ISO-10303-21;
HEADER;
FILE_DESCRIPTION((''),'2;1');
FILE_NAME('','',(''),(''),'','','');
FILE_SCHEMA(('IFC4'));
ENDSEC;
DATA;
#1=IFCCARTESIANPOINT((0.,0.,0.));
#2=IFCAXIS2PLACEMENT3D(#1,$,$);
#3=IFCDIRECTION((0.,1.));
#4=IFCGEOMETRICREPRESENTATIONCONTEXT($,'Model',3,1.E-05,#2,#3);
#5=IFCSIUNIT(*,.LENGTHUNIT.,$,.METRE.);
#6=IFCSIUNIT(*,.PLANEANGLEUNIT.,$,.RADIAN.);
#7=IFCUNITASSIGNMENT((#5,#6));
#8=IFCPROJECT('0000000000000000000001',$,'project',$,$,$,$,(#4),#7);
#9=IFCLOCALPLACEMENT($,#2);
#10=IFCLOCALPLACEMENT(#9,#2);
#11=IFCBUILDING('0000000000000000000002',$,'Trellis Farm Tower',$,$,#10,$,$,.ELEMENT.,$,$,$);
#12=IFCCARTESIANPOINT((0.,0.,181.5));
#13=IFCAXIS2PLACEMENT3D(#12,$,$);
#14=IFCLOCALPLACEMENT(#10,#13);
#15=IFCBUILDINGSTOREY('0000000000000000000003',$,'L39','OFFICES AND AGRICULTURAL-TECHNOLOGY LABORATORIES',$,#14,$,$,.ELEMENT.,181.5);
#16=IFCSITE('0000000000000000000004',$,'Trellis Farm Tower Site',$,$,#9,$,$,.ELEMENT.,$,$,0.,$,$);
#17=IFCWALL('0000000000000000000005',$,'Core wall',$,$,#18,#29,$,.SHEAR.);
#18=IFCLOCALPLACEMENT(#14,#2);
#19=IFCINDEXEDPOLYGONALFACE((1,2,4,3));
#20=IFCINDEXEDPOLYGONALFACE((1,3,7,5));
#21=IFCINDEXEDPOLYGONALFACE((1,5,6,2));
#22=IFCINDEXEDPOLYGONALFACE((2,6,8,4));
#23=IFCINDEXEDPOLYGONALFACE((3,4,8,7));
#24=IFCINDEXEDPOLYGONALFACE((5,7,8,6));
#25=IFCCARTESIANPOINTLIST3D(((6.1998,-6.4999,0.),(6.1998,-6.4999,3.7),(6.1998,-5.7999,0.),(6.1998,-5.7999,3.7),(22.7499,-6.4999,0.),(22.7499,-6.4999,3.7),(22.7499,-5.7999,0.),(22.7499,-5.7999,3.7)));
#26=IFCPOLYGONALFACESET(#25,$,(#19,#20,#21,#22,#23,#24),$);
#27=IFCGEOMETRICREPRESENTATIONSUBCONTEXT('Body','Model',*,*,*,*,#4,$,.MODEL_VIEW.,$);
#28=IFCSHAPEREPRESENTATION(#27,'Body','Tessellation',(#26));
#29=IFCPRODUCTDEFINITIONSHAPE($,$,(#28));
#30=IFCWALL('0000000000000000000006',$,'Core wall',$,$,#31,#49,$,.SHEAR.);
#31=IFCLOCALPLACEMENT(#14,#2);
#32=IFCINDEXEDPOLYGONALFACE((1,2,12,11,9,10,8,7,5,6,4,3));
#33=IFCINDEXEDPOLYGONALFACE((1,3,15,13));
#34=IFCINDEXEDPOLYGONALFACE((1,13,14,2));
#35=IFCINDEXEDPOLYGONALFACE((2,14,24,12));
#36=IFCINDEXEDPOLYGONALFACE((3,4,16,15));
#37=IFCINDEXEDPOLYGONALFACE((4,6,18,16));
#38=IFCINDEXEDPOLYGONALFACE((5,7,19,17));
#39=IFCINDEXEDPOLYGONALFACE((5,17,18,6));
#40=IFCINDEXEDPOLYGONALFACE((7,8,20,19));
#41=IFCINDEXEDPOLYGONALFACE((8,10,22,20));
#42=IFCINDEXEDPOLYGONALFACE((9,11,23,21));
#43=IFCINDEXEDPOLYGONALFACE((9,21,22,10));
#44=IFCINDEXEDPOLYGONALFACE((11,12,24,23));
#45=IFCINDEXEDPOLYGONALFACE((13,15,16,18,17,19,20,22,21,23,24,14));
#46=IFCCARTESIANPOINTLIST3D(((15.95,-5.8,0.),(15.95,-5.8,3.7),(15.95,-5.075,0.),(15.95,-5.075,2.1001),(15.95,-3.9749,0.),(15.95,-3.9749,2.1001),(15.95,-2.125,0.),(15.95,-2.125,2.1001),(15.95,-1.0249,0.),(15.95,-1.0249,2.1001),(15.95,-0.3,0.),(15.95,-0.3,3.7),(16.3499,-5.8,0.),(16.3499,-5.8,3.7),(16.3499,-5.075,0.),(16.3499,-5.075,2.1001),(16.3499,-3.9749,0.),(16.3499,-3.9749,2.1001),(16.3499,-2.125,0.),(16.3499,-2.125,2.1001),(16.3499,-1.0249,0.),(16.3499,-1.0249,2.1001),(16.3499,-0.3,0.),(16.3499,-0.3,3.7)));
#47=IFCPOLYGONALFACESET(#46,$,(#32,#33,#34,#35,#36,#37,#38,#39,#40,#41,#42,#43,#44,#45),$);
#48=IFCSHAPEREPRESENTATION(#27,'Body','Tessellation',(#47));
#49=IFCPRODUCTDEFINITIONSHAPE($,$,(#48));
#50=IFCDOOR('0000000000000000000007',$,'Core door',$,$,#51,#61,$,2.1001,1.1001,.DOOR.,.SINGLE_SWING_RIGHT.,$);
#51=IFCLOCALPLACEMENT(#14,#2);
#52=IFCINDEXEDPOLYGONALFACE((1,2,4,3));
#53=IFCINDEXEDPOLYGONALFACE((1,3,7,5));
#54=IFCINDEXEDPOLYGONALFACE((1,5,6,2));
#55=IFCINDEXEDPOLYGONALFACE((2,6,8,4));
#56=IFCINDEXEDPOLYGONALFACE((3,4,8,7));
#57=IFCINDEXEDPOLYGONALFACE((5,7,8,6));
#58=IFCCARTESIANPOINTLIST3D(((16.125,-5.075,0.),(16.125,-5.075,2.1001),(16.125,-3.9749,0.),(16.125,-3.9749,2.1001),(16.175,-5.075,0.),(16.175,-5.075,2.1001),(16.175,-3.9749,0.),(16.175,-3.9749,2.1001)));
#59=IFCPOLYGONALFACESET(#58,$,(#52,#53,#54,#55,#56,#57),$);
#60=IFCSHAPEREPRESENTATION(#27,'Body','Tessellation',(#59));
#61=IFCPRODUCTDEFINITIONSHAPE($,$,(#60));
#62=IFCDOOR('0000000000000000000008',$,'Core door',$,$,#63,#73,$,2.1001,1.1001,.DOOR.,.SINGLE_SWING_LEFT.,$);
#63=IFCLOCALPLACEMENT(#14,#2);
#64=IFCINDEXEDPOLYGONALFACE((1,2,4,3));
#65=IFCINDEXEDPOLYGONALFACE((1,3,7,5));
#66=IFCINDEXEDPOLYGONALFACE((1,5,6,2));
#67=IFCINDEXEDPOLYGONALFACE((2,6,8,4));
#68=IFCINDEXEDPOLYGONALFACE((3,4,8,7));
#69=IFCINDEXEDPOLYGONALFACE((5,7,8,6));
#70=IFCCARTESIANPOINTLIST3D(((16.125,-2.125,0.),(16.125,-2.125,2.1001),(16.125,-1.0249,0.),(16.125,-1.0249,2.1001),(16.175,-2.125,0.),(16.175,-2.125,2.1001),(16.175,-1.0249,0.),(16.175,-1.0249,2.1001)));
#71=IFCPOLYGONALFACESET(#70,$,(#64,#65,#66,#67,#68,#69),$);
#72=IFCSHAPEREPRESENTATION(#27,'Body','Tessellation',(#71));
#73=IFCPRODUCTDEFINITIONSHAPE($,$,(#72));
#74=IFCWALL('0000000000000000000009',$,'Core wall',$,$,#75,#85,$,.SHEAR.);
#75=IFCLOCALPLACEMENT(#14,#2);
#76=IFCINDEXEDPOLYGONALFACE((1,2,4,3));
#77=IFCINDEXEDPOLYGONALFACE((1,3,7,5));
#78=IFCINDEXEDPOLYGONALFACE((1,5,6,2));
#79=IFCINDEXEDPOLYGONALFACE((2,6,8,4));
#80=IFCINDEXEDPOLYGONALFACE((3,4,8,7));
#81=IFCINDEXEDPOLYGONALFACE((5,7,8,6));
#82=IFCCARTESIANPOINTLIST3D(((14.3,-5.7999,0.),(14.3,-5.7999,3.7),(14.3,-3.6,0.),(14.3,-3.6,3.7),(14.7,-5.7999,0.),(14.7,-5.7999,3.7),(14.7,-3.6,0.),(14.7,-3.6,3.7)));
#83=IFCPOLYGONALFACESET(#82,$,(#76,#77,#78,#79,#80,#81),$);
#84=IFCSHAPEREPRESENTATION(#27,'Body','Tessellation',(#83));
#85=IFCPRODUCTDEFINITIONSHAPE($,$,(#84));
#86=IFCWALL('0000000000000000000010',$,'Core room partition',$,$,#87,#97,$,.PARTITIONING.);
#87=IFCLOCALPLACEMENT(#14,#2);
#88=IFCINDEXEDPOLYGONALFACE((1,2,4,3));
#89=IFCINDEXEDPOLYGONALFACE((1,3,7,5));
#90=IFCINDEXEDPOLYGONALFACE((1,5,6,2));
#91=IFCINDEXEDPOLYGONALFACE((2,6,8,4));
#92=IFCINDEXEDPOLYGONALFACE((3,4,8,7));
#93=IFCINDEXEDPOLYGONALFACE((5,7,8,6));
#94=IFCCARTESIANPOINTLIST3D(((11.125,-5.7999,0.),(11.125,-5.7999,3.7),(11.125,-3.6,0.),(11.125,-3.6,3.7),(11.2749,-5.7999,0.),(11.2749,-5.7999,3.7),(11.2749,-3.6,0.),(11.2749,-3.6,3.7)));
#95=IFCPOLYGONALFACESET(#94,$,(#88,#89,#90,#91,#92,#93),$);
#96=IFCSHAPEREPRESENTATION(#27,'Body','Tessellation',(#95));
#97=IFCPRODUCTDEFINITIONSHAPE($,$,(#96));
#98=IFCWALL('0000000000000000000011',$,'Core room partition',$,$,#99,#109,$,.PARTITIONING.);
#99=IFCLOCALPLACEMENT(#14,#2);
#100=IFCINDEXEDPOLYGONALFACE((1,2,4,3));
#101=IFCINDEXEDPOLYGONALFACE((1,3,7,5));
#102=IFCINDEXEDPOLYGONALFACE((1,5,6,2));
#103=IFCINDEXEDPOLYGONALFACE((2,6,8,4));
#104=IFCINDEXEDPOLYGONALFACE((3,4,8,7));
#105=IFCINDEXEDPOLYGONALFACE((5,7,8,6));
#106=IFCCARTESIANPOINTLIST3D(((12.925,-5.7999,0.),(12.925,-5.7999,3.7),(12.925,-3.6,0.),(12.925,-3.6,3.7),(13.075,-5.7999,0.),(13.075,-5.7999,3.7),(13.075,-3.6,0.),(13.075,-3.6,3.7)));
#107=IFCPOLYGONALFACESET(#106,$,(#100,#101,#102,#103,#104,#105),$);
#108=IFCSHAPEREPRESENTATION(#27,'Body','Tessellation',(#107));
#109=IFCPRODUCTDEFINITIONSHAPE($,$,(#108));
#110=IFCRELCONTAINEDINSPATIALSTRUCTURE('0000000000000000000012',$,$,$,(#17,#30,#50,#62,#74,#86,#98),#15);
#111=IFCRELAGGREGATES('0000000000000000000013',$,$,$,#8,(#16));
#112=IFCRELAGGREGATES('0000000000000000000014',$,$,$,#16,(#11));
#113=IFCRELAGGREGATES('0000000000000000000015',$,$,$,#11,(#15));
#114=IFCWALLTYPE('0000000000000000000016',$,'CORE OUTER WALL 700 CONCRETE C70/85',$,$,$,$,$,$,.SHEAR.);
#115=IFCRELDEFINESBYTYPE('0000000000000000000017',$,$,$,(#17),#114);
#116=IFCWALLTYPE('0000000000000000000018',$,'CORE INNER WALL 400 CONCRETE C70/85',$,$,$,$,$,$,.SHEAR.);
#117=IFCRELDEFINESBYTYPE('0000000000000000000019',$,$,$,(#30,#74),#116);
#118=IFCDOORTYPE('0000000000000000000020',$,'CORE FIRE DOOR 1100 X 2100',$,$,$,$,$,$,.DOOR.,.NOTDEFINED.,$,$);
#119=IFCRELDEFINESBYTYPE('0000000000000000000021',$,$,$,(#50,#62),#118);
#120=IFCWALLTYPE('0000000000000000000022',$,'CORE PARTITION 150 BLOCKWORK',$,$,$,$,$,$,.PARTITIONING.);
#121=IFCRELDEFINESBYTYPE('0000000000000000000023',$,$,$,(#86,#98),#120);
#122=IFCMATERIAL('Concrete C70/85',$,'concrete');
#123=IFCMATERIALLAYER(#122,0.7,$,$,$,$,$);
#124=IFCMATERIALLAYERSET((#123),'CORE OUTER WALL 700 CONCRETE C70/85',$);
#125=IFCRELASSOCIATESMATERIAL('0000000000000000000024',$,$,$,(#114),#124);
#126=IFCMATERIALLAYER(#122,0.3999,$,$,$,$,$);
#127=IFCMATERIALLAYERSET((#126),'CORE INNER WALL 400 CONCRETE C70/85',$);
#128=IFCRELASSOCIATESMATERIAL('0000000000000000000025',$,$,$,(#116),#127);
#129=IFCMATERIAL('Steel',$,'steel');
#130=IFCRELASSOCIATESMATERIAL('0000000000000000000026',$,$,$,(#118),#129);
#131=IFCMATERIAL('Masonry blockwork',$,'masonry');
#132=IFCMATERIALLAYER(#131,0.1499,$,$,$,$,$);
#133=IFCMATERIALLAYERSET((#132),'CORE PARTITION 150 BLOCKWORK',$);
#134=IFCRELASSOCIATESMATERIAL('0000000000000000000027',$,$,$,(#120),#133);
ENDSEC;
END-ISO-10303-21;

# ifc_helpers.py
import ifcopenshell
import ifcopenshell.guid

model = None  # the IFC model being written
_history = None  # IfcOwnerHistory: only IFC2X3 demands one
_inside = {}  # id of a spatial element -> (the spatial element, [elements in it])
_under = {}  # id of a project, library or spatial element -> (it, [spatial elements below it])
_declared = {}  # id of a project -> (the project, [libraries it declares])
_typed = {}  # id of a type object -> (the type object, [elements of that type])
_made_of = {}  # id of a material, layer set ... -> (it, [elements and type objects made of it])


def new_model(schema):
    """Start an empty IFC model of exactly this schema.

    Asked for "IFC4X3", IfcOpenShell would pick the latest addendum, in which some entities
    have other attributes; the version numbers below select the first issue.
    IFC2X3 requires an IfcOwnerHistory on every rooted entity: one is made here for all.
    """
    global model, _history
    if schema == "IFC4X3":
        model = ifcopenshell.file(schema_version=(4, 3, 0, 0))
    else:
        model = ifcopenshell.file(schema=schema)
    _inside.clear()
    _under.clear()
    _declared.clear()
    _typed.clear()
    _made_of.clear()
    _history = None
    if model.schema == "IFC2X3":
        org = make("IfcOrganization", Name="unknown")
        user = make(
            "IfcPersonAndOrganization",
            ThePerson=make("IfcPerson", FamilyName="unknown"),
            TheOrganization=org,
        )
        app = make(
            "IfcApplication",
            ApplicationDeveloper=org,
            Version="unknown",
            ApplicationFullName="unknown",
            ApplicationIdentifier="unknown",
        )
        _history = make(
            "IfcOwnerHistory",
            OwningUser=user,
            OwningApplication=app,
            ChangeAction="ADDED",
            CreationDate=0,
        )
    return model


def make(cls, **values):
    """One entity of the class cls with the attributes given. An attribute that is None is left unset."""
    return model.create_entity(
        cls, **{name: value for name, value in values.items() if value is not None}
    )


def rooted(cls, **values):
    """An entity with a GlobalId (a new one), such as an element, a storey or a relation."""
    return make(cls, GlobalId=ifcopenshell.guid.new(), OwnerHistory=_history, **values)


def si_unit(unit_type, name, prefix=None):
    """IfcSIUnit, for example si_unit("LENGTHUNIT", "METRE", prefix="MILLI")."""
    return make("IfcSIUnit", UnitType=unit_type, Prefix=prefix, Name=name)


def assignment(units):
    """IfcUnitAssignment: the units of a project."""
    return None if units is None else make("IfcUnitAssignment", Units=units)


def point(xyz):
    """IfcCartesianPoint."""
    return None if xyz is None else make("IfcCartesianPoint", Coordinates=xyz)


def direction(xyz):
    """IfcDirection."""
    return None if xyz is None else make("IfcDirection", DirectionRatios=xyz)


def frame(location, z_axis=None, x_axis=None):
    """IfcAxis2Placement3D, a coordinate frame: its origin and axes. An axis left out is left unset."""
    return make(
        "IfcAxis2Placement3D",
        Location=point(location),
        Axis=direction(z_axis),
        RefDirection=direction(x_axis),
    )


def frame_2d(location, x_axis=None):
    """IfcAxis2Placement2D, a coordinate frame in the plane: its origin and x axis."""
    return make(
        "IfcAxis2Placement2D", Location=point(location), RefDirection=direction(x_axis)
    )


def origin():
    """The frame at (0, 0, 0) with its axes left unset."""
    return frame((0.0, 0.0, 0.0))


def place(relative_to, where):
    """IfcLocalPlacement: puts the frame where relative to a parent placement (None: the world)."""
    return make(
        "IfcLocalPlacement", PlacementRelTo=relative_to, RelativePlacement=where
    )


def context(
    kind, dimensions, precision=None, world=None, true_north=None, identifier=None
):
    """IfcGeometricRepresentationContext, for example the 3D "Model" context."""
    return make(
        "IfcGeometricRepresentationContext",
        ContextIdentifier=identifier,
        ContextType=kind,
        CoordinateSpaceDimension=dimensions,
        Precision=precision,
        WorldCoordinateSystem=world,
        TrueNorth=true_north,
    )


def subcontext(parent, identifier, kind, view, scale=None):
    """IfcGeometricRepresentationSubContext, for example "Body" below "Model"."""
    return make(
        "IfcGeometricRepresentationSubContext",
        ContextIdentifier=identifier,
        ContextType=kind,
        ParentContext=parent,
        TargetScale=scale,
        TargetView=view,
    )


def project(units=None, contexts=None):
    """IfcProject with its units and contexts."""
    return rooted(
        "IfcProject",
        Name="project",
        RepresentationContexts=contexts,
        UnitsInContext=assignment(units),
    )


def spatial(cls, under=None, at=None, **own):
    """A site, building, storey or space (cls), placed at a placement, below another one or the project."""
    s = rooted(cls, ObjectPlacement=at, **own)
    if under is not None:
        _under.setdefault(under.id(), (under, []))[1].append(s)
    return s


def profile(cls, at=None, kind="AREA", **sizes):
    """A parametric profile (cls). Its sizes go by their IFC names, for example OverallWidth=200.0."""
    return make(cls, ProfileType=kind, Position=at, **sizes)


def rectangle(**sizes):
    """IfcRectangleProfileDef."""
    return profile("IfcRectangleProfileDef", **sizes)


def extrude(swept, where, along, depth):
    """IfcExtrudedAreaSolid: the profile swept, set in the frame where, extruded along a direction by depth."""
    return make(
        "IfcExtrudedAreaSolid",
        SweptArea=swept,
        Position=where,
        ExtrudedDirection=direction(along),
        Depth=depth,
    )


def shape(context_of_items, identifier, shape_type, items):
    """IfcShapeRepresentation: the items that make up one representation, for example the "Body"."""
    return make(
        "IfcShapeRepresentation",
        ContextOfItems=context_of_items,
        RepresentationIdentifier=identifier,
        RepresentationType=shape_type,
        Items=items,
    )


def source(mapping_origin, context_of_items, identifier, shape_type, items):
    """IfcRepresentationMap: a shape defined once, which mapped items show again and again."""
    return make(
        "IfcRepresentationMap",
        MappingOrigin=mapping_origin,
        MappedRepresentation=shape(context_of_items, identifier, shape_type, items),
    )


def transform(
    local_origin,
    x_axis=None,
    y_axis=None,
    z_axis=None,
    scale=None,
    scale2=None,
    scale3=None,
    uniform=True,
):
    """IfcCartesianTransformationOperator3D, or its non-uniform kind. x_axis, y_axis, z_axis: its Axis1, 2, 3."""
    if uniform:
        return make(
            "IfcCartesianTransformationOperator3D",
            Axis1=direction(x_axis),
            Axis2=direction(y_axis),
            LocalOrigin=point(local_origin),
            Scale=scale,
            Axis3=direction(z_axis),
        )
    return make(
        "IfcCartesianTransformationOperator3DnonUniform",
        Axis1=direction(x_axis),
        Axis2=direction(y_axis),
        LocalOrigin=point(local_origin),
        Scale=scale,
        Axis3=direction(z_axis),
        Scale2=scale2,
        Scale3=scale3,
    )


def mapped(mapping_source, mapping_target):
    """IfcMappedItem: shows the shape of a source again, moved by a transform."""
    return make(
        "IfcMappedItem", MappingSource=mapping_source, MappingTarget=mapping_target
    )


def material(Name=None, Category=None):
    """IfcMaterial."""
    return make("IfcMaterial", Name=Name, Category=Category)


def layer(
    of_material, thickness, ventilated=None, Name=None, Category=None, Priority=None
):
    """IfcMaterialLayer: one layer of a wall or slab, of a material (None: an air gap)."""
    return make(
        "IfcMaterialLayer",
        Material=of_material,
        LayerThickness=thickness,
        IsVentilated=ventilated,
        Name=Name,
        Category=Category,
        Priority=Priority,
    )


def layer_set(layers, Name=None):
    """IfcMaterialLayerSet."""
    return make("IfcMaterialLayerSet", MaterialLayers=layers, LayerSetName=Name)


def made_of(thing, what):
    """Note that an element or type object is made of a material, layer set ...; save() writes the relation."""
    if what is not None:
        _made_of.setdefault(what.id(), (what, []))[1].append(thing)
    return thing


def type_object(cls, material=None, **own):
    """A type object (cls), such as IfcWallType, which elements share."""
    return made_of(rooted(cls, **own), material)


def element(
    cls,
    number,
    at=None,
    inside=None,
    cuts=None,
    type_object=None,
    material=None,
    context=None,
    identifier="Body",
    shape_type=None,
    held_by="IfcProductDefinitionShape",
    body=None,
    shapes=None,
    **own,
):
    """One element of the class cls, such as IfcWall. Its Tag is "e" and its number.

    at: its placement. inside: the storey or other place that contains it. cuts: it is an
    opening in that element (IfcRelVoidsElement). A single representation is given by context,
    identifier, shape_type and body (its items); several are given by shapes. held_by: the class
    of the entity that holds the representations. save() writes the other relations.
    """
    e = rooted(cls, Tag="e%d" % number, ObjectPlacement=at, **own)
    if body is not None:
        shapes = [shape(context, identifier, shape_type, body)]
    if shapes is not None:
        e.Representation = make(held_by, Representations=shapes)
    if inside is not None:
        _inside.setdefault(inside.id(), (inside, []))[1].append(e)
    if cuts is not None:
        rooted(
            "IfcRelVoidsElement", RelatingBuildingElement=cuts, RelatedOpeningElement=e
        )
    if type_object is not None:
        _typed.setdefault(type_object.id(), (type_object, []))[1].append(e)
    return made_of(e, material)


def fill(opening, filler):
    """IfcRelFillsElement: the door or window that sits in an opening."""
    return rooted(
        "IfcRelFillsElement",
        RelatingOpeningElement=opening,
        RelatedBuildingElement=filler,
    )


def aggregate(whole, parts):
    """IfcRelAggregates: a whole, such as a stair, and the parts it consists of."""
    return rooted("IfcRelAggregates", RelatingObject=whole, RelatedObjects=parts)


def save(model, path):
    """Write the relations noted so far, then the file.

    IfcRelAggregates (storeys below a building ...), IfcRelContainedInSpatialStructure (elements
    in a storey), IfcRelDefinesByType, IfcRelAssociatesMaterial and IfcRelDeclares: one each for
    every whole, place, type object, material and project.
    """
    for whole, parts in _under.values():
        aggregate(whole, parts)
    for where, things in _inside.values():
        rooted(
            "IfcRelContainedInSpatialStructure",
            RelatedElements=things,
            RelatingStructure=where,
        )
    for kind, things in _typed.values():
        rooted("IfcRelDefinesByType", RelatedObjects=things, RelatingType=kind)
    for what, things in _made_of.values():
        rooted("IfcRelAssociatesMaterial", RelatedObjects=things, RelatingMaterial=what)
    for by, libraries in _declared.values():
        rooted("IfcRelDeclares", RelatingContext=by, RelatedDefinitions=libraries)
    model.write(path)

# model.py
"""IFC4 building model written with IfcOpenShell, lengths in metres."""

from ifc_helpers import new_model, si_unit, direction, frame, frame_2d, origin, place, context, subcontext, project, spatial, rectangle, extrude, source, transform, mapped, material, layer, layer_set, type_object, element, fill, save


model = new_model("IFC4")

# Units and contexts
model_context = context("Model", 3, precision=1e-05, world=origin(), true_north=direction((0.0, 1.0)))
body_context = subcontext(model_context, "Body", "Model", "MODEL_VIEW")
ifc_project = project(units=[si_unit("LENGTHUNIT", "METRE"), si_unit("PLANEANGLEUNIT", "RADIAN")], contexts=[model_context])

# Site, building, storey
site_placement = place(None, origin())
site = spatial("IfcSite", under=ifc_project, at=site_placement, Name="Trellis Farm Tower Site", CompositionType="ELEMENT", RefElevation=0.0)
building_placement = place(site_placement, origin())
building = spatial("IfcBuilding", under=site, at=building_placement, Name="Trellis Farm Tower", CompositionType="ELEMENT")
storey_placement = place(building_placement, frame((0.0, 0.0, 181.5)))
storey = spatial("IfcBuildingStorey", under=building, at=storey_placement, Name="L39", Description="OFFICES AND AGRICULTURAL-TECHNOLOGY LABORATORIES", CompositionType="ELEMENT", Elevation=181.5)

# Shared definitions
ifc_material_1 = material(Name="Concrete C70/85", Category="concrete")

# Shared definitions
ifc_layer_1 = layer(ifc_material_1, 0.7)
ifc_layer_set_1 = layer_set([ifc_layer_1], Name="CORE OUTER WALL 700 CONCRETE C70/85")
wall_type_1 = type_object("IfcWallType", Name="CORE OUTER WALL 700 CONCRETE C70/85", PredefinedType="SHEAR", material=ifc_layer_set_1)
ifc_material_2 = material(Name="Steel", Category="steel")

# Wall
shared_shape_1 = source(origin(), body_context, "Body", "SweptSolid", [
    extrude(rectangle(XDim=16.55, YDim=0.7, at=frame_2d((8.2749, 0.0))), origin(), (0.0, 0.0, 1.0), 3.7),
])
wall_1_placement = place(storey_placement, frame((6.2, -6.1499, 0.0), z_axis=(0.0, 0.0, 1.0), x_axis=(1.0, 0.0, 0.0)))
element("IfcWall", 1, at=wall_1_placement, inside=storey, type_object=wall_type_1, Name="Core wall", PredefinedType="SHEAR", context=body_context, shape_type="MappedRepresentation", body=[
    mapped(shared_shape_1, transform((0.0, 0.0, 0.0))),
])

# Wall, openings, doors
ifc_layer_2 = layer(ifc_material_1, 0.3999)
ifc_layer_set_2 = layer_set([ifc_layer_2], Name="CORE INNER WALL 400 CONCRETE C70/85")
wall_type_2 = type_object("IfcWallType", Name="CORE INNER WALL 400 CONCRETE C70/85", PredefinedType="SHEAR", material=ifc_layer_set_2)
shared_shape_2 = source(origin(), body_context, "Body", "SweptSolid", [
    extrude(rectangle(XDim=5.5, YDim=0.3999, at=frame_2d((2.75, 0.0))), origin(), (0.0, 0.0, 1.0), 3.7),
])
wall_2_placement = place(storey_placement, frame((16.1499, -5.8, 0.0), z_axis=(0.0, 0.0, 1.0), x_axis=(0.0, 1.0, 0.0)))
wall_2 = element("IfcWall", 2, at=wall_2_placement, inside=storey, type_object=wall_type_2, Name="Core wall", PredefinedType="SHEAR", context=body_context, shape_type="MappedRepresentation", body=[
    mapped(shared_shape_2, transform((0.0, 0.0, 0.0))),
])
shared_shape_3 = source(origin(), body_context, "Body", "SweptSolid", [
    extrude(rectangle(XDim=1.1001, YDim=2.1001, at=frame_2d((0.55, 1.05))), frame((0.0, 0.21, 0.0), z_axis=(0.0, -1.0, 0.0), x_axis=(1.0, 0.0, 0.0)), (0.0, 0.0, 1.0), 0.4199),
])
opening_1_placement = place(wall_2_placement, frame((0.7251, 0.0, 0.0)))
opening_1 = element("IfcOpeningElement", 3, at=opening_1_placement, cuts=wall_2, PredefinedType="OPENING", context=body_context, shape_type="MappedRepresentation", body=[
    mapped(shared_shape_3, transform((0.0, 0.0, 0.0))),
])
opening_2_placement = place(wall_2_placement, frame((3.675, 0.0, 0.0)))
opening_2 = element("IfcOpeningElement", 4, at=opening_2_placement, cuts=wall_2, PredefinedType="OPENING", context=body_context, shape_type="MappedRepresentation", body=[
    mapped(shared_shape_3, transform((0.0, 0.0, 0.0))),
])
door_type_1 = type_object("IfcDoorType", Name="CORE FIRE DOOR 1100 X 2100", OperationType="NOTDEFINED", PredefinedType="DOOR", material=ifc_material_2)
shared_shape_4 = source(origin(), body_context, "Body", "SweptSolid", [
    extrude(rectangle(XDim=1.1001, YDim=2.1001, at=frame_2d((0.55, 1.05))), frame((0.0, 0.0249, 0.0), z_axis=(0.0, -1.0, 0.0), x_axis=(1.0, 0.0, 0.0)), (0.0, 0.0, 1.0), 0.05),
])
door_1_placement = place(opening_1_placement, origin())
door_1 = element("IfcDoor", 5, at=door_1_placement, inside=storey, type_object=door_type_1, Name="Core door", OperationType="SINGLE_SWING_RIGHT", OverallHeight=2.1001, OverallWidth=1.1001, PredefinedType="DOOR", context=body_context, shape_type="MappedRepresentation", body=[
    mapped(shared_shape_4, transform((0.0, 0.0, 0.0))),
])
fill(opening_1, door_1)
door_2_placement = place(opening_2_placement, origin())
door_2 = element("IfcDoor", 6, at=door_2_placement, inside=storey, type_object=door_type_1, Name="Core door", OperationType="SINGLE_SWING_LEFT", OverallHeight=2.1001, OverallWidth=1.1001, PredefinedType="DOOR", context=body_context, shape_type="MappedRepresentation", body=[
    mapped(shared_shape_4, transform((0.0, 0.0, 0.0))),
])
fill(opening_2, door_2)

# Walls
shared_shape_5 = source(origin(), body_context, "Body", "SweptSolid", [
    extrude(rectangle(XDim=2.2, YDim=0.3999, at=frame_2d((1.1001, 0.0))), origin(), (0.0, 0.0, 1.0), 3.7),
])
wall_3_placement = place(storey_placement, frame((14.5, -5.8, 0.0), z_axis=(0.0, 0.0, 1.0), x_axis=(0.0, 1.0, 0.0)))
element("IfcWall", 7, at=wall_3_placement, inside=storey, type_object=wall_type_2, Name="Core wall", PredefinedType="SHEAR", context=body_context, shape_type="MappedRepresentation", body=[
    mapped(shared_shape_5, transform((0.0, 0.0, 0.0))),
])
ifc_material_3 = material(Name="Masonry blockwork", Category="masonry")
ifc_layer_3 = layer(ifc_material_3, 0.1499)
ifc_layer_set_3 = layer_set([ifc_layer_3], Name="CORE PARTITION 150 BLOCKWORK")
wall_type_3 = type_object("IfcWallType", Name="CORE PARTITION 150 BLOCKWORK", PredefinedType="PARTITIONING", material=ifc_layer_set_3)
shared_shape_6 = source(origin(), body_context, "Body", "SweptSolid", [
    extrude(rectangle(XDim=2.2, YDim=0.1499, at=frame_2d((1.1001, 0.0))), origin(), (0.0, 0.0, 1.0), 3.7),
])
for number, where, z_axis, x_axis, name in (
    (8, (11.2, -5.8, 0.0), (0.0, 0.0, 1.0), (0.0, 1.0, 0.0), "Core room partition"),
    (9, (13.0, -5.8, 0.0), (0.0, 0.0, 1.0), (0.0, 1.0, 0.0), "Core room partition"),
):
    element("IfcWall", number, at=place(storey_placement, frame(where, z_axis=z_axis, x_axis=x_axis)), inside=storey, type_object=wall_type_3, Name=name, PredefinedType="PARTITIONING", context=body_context, shape_type="MappedRepresentation", body=[
        mapped(shared_shape_6, transform((0.0, 0.0, 0.0))),
    ])

save(model, "model.ifc")
